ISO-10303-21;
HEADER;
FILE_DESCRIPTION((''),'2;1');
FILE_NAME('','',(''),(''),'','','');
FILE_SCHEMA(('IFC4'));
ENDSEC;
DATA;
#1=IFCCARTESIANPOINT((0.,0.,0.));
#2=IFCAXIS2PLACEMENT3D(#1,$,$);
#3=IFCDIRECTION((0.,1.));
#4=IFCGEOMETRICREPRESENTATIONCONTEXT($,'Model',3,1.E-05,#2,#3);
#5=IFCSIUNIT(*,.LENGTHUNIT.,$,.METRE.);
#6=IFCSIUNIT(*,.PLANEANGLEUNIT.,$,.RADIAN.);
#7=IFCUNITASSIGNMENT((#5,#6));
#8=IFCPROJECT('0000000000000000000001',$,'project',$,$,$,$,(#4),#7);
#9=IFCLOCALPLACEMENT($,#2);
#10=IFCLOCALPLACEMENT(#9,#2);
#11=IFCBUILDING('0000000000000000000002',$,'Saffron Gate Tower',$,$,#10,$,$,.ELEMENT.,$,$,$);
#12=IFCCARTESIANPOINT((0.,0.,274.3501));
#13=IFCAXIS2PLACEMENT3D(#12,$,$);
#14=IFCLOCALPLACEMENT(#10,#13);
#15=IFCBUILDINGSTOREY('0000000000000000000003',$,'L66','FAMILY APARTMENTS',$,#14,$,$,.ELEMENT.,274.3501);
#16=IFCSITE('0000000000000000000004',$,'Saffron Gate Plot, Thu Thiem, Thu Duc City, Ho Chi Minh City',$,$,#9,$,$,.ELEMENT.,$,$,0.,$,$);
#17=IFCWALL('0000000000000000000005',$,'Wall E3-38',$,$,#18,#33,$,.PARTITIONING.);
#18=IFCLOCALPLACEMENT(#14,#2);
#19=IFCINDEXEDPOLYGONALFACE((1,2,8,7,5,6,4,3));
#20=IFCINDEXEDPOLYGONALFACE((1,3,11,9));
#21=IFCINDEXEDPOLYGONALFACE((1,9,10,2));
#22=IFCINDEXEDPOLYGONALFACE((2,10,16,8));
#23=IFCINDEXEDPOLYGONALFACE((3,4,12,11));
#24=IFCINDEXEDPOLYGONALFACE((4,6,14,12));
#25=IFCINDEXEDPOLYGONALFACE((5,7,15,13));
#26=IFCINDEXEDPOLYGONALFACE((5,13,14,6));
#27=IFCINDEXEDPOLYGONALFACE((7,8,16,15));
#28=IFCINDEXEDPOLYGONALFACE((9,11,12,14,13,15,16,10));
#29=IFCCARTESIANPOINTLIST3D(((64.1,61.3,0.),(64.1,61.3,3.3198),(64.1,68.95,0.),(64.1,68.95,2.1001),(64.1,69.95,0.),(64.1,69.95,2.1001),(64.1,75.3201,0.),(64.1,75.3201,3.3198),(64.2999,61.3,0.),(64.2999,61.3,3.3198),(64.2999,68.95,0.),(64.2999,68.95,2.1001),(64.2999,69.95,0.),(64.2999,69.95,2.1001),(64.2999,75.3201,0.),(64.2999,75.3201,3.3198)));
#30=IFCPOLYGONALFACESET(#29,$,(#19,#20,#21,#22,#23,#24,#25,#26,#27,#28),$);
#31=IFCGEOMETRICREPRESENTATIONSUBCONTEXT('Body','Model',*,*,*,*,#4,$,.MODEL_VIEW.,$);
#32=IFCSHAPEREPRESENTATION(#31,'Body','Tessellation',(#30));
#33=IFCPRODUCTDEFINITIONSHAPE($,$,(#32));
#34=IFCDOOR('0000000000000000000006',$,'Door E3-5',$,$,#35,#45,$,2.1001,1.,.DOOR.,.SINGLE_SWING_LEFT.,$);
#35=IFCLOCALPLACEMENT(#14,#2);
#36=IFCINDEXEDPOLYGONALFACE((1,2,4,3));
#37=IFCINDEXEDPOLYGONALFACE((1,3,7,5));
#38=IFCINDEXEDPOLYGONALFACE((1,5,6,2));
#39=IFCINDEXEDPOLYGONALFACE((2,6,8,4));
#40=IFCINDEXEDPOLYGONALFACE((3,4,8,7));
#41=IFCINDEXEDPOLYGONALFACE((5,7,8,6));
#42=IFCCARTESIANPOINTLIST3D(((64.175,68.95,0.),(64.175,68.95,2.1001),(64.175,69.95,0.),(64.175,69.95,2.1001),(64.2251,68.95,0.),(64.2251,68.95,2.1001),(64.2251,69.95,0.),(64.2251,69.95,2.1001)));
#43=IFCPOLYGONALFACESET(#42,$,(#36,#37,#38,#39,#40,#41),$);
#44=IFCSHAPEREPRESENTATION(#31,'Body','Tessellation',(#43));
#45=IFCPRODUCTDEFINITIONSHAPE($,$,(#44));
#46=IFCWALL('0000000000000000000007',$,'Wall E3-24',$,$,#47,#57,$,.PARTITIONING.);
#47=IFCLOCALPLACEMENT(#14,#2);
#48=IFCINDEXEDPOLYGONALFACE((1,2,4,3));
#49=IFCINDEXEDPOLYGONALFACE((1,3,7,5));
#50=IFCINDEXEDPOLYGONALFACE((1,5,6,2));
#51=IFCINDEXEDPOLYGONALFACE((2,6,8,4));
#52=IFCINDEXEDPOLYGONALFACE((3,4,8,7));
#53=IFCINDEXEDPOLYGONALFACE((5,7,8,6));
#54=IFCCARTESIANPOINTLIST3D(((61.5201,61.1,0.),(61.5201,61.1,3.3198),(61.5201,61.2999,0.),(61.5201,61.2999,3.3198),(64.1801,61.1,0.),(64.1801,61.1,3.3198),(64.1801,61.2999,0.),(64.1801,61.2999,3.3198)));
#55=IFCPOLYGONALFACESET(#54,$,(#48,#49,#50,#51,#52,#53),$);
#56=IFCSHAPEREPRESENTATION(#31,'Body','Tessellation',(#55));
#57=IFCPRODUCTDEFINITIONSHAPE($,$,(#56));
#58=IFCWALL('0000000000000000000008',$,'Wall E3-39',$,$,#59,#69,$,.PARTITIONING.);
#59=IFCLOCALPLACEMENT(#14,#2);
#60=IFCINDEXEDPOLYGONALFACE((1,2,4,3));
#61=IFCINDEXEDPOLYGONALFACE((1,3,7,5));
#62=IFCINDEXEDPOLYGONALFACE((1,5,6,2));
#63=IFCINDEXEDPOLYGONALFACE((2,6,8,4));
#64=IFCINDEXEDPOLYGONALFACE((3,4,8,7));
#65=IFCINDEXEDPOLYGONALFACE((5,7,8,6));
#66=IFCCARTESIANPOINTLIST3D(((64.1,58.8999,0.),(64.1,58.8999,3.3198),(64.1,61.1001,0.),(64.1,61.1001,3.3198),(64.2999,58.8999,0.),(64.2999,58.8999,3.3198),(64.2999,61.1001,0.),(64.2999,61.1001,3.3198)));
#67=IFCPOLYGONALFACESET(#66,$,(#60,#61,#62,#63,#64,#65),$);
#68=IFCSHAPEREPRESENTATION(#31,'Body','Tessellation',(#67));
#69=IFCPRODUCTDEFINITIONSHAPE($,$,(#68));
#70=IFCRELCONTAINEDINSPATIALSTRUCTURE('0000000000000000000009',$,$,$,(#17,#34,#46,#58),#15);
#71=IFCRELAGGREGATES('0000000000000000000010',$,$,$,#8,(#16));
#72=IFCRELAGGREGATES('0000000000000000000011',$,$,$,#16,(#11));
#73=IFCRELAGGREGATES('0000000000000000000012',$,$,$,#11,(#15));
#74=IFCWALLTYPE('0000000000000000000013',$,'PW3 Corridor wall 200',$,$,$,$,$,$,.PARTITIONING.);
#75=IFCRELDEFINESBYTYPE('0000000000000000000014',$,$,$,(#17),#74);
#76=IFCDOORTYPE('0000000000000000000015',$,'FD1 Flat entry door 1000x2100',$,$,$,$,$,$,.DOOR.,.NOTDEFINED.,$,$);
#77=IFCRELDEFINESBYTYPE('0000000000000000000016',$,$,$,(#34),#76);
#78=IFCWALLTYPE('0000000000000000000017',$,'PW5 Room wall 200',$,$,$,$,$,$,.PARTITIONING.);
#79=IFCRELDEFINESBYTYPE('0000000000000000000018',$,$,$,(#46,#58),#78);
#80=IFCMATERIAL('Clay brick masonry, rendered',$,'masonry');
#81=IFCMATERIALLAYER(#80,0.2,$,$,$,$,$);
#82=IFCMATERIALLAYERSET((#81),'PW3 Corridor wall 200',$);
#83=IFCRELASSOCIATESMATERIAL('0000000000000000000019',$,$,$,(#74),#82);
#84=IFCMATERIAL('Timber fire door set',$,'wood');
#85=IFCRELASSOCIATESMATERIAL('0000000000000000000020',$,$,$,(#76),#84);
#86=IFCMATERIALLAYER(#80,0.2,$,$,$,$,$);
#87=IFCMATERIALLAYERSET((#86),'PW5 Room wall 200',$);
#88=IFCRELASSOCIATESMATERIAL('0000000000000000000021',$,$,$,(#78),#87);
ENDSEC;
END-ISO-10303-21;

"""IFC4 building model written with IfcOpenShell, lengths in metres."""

from ifc_helpers import new_model, si_unit, direction, frame, frame_2d, origin, place, context, subcontext, project, spatial, rectangle, extrude, material, layer, layer_set, type_object, element, fill, save


model = new_model("IFC4")

# Units and contexts
model_context = context("Model", 3, precision=1e-05, world=origin(), true_north=direction((0.0, 1.0)))
body_context = subcontext(model_context, "Body", "Model", "MODEL_VIEW")
ifc_project = project(units=[si_unit("LENGTHUNIT", "METRE"), si_unit("PLANEANGLEUNIT", "RADIAN")], contexts=[model_context])

# Site, building, storey
site_placement = place(None, origin())
site = spatial("IfcSite", under=ifc_project, at=site_placement, Name="Saffron Gate Plot, Thu Thiem, Thu Duc City, Ho Chi Minh City", CompositionType="ELEMENT", RefElevation=0.0)
building_placement = place(site_placement, origin())
building = spatial("IfcBuilding", under=site, at=building_placement, Name="Saffron Gate Tower", CompositionType="ELEMENT")
storey_placement = place(building_placement, frame((0.0, 0.0, 274.3501)))
storey = spatial("IfcBuildingStorey", under=building, at=storey_placement, Name="L66", Description="FAMILY APARTMENTS", CompositionType="ELEMENT", Elevation=274.3501)

# Shared definitions
ifc_material_1 = material(Name="Clay brick masonry, rendered", Category="masonry")
ifc_layer_1 = layer(ifc_material_1, 0.2)
ifc_layer_set_1 = layer_set([ifc_layer_1], Name="PW3 Corridor wall 200")
wall_type_1 = type_object("IfcWallType", Name="PW3 Corridor wall 200", PredefinedType="PARTITIONING", material=ifc_layer_set_1)

# Wall, opening, door
wall_1_placement = place(storey_placement, frame((64.2, 61.3, 0.0), z_axis=(0.0, 0.0, 1.0), x_axis=(0.0, 1.0, 0.0)))
wall_1 = element("IfcWall", 1, at=wall_1_placement, inside=storey, type_object=wall_type_1, Name="Wall E3-38", PredefinedType="PARTITIONING", context=body_context, shape_type="SweptSolid", body=[
    extrude(rectangle(XDim=14.02, YDim=0.2, at=frame_2d((7.01, 0.0))), origin(), (0.0, 0.0, 1.0), 3.3198),
])
opening_1_placement = place(wall_1_placement, frame((7.6499, 0.0, 0.0)))
opening_1 = element("IfcOpeningElement", 2, at=opening_1_placement, cuts=wall_1, PredefinedType="OPENING", context=body_context, shape_type="SweptSolid", body=[
    extrude(rectangle(XDim=1.0, YDim=2.1001, at=frame_2d((0.5, 1.05))), frame((0.0, 0.1099, 0.0), z_axis=(0.0, -1.0, 0.0), x_axis=(1.0, 0.0, 0.0)), (0.0, 0.0, 1.0), 0.22),
])
ifc_material_2 = material(Name="Timber fire door set", Category="wood")
door_type_1 = type_object("IfcDoorType", Name="FD1 Flat entry door 1000x2100", OperationType="NOTDEFINED", PredefinedType="DOOR", material=ifc_material_2)
door_1_placement = place(opening_1_placement, origin())
door_1 = element("IfcDoor", 3, at=door_1_placement, inside=storey, type_object=door_type_1, Name="Door E3-5", OperationType="SINGLE_SWING_LEFT", OverallHeight=2.1001, OverallWidth=1.0, PredefinedType="DOOR", context=body_context, shape_type="SweptSolid", body=[
    extrude(rectangle(XDim=1.0, YDim=2.1001, at=frame_2d((0.5, 1.05))), frame((0.0, 0.0249, 0.0), z_axis=(0.0, -1.0, 0.0), x_axis=(1.0, 0.0, 0.0)), (0.0, 0.0, 1.0), 0.05),
])
fill(opening_1, door_1)

# Walls
ifc_layer_2 = layer(ifc_material_1, 0.2)
ifc_layer_set_2 = layer_set([ifc_layer_2], Name="PW5 Room wall 200")
wall_type_2 = type_object("IfcWallType", Name="PW5 Room wall 200", PredefinedType="PARTITIONING", material=ifc_layer_set_2)
wall_2_placement = place(storey_placement, frame((61.52, 61.2, 0.0), z_axis=(0.0, 0.0, 1.0), x_axis=(1.0, 0.0, 0.0)))
element("IfcWall", 4, at=wall_2_placement, inside=storey, type_object=wall_type_2, Name="Wall E3-24", PredefinedType="PARTITIONING", context=body_context, shape_type="SweptSolid", body=[
    extrude(rectangle(XDim=2.6599, YDim=0.2, at=frame_2d((1.3301, 0.0))), origin(), (0.0, 0.0, 1.0), 3.3198),
])
wall_3_placement = place(storey_placement, frame((64.2, 61.1001, 0.0), z_axis=(0.0, 0.0, 1.0), x_axis=(0.0, -1.0, 0.0)))
element("IfcWall", 5, at=wall_3_placement, inside=storey, type_object=wall_type_2, Name="Wall E3-39", PredefinedType="PARTITIONING", context=body_context, shape_type="SweptSolid", body=[
    extrude(rectangle(XDim=2.2002, YDim=0.2, at=frame_2d((1.1001, 0.0))), origin(), (0.0, 0.0, 1.0), 3.3198),
])

save(model, "model.ifc")
